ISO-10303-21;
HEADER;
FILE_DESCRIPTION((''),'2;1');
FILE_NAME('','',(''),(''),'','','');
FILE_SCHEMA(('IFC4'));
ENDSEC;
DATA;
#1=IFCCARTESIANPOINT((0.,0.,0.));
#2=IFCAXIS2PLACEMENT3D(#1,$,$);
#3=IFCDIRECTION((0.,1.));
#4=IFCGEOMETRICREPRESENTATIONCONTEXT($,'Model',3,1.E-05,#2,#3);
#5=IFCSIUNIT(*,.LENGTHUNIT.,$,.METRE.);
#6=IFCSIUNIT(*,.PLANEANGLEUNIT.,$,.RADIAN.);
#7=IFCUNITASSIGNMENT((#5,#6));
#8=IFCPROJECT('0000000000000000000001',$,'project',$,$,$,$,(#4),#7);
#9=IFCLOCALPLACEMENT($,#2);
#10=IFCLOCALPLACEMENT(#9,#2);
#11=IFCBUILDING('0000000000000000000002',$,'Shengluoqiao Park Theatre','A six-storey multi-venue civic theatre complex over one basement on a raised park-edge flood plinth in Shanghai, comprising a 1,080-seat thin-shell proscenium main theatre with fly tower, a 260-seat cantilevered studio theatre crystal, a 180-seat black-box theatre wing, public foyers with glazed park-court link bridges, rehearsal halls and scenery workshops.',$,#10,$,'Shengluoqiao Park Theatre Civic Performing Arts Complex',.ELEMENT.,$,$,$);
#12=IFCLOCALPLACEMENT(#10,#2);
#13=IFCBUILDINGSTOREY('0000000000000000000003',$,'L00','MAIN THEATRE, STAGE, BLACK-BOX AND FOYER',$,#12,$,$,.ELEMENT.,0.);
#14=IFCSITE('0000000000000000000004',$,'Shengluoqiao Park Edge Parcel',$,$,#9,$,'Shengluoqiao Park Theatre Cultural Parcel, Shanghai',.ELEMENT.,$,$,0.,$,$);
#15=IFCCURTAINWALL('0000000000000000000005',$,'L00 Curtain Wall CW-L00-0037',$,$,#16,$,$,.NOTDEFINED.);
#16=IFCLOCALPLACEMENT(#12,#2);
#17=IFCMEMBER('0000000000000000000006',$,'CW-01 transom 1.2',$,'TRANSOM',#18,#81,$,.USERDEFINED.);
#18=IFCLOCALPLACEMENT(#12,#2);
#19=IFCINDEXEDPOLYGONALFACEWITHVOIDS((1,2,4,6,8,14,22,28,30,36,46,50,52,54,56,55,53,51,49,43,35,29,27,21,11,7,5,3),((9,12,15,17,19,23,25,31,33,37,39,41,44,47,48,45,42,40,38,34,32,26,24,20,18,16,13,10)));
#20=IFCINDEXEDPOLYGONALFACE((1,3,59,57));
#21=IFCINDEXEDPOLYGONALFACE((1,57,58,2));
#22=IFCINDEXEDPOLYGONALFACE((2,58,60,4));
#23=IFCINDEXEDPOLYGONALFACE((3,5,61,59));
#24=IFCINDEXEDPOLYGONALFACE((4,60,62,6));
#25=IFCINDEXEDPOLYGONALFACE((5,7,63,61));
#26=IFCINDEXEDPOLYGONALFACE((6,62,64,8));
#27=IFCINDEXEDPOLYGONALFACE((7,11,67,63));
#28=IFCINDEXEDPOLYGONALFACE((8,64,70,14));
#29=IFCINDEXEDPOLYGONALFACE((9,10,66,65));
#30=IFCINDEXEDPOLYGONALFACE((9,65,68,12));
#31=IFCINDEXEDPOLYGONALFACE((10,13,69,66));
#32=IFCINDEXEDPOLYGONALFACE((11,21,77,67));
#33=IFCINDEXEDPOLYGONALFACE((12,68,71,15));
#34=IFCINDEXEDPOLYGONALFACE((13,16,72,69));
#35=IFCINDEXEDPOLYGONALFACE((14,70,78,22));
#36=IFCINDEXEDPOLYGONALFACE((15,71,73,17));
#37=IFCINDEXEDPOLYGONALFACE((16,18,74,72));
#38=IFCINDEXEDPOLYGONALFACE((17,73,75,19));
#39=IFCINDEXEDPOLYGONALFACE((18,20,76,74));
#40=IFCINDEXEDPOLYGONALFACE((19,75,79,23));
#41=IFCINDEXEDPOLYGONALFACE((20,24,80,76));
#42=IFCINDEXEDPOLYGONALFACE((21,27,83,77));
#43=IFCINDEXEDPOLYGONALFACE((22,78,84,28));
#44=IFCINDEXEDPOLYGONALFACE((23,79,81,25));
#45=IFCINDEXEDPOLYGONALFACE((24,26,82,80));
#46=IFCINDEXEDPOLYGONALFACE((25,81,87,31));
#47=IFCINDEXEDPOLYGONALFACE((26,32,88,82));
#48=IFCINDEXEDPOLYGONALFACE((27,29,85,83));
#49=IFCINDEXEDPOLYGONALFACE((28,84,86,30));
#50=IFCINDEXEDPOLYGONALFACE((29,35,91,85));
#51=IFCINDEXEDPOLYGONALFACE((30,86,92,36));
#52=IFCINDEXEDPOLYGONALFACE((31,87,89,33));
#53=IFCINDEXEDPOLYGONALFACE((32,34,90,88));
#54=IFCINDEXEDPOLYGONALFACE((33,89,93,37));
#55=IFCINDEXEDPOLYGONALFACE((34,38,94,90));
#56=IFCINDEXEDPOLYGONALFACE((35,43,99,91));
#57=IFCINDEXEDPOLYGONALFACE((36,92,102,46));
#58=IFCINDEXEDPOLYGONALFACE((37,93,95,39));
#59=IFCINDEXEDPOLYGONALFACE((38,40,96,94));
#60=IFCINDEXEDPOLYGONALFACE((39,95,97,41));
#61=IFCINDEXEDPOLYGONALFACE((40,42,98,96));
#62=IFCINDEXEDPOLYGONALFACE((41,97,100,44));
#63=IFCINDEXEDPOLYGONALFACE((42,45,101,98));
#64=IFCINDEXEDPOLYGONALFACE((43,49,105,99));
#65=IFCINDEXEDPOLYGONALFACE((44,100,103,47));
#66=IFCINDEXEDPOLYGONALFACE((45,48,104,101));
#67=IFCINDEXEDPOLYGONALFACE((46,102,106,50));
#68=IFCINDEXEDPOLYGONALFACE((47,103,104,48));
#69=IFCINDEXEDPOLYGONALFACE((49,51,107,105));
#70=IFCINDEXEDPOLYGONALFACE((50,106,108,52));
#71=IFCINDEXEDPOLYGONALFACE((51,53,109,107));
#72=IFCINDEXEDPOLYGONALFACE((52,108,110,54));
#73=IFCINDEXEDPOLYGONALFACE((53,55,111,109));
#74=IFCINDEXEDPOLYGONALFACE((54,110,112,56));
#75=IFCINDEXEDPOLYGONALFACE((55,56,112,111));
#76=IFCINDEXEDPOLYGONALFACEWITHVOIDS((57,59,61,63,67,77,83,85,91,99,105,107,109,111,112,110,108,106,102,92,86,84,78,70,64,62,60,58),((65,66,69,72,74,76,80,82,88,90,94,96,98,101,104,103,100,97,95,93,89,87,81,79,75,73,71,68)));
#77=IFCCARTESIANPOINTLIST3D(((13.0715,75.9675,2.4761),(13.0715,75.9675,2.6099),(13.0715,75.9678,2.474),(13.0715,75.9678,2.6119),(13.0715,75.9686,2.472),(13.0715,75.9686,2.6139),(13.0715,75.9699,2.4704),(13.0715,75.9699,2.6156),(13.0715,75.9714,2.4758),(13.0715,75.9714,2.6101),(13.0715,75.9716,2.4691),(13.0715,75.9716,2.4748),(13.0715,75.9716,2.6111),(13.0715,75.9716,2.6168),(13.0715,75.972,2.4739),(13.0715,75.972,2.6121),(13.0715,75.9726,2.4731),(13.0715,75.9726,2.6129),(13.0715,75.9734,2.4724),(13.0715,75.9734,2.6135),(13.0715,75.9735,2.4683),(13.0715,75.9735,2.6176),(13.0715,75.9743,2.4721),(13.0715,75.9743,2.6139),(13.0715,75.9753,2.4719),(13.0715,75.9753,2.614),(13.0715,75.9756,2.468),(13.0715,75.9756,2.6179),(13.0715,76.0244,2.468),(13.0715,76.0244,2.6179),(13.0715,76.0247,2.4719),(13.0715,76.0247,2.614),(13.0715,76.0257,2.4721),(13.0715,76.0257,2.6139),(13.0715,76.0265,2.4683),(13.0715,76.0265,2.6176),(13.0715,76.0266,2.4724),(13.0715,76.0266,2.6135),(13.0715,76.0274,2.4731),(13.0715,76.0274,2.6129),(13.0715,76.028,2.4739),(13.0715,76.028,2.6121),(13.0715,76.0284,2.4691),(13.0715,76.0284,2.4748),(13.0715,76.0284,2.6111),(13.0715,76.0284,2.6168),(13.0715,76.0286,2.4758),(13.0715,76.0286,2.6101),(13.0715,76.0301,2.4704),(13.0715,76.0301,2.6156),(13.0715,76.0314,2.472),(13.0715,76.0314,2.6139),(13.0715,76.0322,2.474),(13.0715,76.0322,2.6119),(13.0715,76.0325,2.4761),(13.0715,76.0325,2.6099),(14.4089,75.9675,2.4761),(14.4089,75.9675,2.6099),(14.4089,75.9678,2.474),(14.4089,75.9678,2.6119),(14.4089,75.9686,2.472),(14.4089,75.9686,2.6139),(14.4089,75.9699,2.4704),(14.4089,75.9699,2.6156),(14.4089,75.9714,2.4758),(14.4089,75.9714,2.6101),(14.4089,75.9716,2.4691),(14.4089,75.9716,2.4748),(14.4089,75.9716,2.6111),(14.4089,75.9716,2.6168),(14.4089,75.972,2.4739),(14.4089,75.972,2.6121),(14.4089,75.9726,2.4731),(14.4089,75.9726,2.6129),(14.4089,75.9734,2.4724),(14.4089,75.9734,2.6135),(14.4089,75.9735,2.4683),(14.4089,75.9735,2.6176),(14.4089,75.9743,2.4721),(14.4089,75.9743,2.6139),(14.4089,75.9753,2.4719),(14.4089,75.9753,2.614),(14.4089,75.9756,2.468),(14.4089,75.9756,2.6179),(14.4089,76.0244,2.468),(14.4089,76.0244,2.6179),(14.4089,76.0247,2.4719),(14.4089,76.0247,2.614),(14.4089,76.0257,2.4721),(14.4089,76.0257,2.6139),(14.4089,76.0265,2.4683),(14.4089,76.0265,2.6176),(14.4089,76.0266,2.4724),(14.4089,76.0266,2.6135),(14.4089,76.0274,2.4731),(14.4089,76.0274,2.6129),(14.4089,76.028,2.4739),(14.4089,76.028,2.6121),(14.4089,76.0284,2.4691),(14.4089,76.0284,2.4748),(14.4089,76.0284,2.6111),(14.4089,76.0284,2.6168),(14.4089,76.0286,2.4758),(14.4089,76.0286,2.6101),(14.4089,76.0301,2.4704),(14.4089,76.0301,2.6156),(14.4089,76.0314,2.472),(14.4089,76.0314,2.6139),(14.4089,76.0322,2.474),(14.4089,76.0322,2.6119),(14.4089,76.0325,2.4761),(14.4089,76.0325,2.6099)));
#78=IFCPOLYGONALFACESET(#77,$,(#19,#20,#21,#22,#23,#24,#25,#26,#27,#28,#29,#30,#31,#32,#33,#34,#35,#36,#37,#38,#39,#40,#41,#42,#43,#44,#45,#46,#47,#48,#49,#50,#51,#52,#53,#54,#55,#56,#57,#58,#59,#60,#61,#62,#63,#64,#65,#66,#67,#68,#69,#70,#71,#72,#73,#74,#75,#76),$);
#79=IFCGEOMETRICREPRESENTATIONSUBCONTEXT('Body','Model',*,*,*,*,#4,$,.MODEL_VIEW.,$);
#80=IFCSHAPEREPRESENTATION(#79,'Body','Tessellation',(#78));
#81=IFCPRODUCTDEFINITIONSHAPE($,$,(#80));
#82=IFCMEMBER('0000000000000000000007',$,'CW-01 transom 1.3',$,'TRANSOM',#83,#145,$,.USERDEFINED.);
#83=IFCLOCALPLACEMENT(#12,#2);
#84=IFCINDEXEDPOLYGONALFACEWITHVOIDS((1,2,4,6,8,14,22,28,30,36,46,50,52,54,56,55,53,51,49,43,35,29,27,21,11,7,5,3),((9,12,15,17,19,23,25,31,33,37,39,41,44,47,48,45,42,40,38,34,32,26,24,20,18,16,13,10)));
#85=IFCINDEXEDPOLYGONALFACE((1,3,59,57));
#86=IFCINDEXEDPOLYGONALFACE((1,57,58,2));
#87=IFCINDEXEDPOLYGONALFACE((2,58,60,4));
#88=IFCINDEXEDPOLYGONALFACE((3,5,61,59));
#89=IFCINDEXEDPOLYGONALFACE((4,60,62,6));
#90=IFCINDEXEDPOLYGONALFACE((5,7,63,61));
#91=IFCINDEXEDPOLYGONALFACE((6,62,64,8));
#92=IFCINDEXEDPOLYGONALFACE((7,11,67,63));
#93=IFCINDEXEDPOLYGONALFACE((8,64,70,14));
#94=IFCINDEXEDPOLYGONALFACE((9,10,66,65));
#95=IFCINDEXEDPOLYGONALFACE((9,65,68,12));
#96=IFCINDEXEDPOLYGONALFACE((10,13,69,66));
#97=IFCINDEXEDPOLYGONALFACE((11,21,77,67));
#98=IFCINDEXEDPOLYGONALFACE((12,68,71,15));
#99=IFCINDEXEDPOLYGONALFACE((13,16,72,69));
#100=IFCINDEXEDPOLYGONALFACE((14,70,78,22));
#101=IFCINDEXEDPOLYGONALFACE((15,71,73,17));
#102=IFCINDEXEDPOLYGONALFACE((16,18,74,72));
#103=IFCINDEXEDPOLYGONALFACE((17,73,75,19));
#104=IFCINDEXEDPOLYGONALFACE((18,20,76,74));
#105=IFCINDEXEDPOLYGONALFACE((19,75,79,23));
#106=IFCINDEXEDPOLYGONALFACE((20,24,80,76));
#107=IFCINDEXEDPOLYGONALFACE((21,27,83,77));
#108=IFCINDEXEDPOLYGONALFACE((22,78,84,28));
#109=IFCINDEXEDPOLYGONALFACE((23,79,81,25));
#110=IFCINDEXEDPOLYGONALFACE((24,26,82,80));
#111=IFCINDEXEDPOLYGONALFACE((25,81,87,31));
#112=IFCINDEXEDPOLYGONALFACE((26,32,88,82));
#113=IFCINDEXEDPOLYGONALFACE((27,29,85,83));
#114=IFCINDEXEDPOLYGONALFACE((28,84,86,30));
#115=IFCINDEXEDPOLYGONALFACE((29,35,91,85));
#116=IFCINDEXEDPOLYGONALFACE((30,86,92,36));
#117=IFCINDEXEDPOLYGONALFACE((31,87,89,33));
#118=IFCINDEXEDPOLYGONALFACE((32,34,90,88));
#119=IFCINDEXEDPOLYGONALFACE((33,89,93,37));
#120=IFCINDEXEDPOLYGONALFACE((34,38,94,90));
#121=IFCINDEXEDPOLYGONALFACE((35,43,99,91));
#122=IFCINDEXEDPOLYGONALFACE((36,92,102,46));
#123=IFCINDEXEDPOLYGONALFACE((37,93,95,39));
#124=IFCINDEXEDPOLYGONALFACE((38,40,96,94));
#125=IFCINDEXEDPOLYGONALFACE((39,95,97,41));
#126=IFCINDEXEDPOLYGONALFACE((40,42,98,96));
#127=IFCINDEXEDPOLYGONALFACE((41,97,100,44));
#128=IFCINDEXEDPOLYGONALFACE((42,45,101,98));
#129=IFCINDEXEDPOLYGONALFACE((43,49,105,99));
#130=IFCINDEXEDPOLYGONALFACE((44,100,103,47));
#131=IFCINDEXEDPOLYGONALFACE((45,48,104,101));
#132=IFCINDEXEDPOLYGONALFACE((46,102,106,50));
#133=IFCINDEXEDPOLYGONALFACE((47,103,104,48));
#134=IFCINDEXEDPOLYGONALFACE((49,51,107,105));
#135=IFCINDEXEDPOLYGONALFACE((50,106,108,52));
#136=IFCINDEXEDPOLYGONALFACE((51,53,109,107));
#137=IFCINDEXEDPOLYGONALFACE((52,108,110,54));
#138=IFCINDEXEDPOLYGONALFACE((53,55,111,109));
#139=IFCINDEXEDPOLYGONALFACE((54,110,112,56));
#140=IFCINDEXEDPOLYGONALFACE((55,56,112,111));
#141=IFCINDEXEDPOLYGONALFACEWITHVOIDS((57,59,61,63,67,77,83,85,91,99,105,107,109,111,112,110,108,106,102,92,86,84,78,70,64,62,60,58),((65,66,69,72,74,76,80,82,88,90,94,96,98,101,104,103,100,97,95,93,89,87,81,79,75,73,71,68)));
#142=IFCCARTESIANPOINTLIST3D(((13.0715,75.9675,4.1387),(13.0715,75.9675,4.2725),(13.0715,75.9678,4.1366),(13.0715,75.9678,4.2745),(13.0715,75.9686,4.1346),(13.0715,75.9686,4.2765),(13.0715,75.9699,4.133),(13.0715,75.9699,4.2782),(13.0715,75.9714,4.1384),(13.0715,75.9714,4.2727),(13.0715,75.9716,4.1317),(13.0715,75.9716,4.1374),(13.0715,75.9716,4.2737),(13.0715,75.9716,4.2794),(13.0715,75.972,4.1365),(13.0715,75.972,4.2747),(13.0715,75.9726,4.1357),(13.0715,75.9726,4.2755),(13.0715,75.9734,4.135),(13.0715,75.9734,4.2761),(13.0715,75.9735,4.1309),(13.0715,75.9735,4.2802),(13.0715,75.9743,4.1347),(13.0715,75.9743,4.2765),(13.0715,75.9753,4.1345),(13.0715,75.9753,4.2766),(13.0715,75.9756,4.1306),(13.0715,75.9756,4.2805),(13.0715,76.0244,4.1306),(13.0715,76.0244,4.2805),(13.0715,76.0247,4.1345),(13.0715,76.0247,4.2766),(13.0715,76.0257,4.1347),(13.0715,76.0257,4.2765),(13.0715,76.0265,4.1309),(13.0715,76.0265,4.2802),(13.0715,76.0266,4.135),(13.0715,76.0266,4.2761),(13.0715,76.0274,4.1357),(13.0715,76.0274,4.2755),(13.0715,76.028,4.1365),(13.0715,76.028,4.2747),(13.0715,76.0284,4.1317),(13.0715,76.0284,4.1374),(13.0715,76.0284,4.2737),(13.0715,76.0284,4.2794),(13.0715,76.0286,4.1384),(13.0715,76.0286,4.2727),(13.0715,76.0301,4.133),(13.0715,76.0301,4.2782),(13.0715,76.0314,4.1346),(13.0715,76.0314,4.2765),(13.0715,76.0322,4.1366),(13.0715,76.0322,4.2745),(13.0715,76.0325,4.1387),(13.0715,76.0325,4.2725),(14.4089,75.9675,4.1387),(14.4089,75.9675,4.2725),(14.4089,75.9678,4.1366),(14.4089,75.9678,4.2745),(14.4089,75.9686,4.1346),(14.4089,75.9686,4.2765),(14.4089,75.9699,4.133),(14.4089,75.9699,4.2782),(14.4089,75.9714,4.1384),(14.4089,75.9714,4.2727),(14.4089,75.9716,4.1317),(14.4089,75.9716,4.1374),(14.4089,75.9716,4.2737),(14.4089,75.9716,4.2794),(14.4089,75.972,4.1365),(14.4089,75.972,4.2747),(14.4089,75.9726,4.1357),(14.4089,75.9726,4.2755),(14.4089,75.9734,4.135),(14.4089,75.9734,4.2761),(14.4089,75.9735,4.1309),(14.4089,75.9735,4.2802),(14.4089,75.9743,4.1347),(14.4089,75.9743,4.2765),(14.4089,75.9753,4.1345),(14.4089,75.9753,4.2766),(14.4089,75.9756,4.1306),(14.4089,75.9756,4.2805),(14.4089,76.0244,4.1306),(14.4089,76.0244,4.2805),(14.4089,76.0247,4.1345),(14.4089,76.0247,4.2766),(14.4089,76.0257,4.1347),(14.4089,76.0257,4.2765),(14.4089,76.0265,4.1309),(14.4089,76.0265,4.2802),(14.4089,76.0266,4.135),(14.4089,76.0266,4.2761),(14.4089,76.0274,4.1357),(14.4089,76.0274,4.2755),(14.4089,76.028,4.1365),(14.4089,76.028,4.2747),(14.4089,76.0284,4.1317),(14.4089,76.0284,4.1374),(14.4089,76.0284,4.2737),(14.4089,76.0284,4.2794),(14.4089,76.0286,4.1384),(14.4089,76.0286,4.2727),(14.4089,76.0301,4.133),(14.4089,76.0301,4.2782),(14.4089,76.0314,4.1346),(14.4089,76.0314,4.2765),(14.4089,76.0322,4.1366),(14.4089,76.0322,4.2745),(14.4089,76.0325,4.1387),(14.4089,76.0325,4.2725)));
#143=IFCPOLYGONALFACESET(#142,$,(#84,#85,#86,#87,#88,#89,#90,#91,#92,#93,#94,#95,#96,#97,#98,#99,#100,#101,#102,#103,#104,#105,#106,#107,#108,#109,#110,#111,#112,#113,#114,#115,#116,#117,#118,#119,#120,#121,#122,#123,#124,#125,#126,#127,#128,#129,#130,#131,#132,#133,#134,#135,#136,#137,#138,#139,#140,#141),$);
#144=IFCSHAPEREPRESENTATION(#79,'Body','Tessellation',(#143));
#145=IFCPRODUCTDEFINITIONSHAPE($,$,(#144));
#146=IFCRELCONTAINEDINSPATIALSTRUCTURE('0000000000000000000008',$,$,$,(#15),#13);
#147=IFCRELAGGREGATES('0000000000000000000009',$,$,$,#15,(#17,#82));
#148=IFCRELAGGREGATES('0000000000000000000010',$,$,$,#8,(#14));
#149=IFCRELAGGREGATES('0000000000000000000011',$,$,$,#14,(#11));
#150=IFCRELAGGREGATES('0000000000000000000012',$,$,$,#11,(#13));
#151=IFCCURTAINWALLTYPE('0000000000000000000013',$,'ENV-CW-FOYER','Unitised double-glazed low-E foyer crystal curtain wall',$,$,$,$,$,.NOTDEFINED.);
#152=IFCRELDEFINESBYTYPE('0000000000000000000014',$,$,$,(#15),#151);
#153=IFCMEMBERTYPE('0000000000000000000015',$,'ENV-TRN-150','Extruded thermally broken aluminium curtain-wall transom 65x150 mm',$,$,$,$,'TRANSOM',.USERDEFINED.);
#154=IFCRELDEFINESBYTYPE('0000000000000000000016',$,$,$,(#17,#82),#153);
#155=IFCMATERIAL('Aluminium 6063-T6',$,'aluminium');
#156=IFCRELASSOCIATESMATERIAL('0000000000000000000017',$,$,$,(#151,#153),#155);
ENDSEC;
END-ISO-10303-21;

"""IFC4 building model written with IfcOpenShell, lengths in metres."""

from ifc_helpers import new_model, si_unit, direction, frame, origin, origin_2d, place, context, subcontext, project, spatial, hollow_rectangle, extrude, material, material_profile, profile_set, type_object, element, aggregate, save


model = new_model("IFC4")

# Units and contexts
model_context = context("Model", 3, precision=1e-05, world=origin(), true_north=direction((0.0, 1.0)))
body_context = subcontext(model_context, "Body", "Model", "MODEL_VIEW")
ifc_project = project(units=[si_unit("LENGTHUNIT", "METRE"), si_unit("PLANEANGLEUNIT", "RADIAN")], contexts=[model_context])

# Site, building, storey
site_placement = place(None, origin())
site = spatial("IfcSite", under=ifc_project, at=site_placement, Name="Shengluoqiao Park Edge Parcel", LongName="Shengluoqiao Park Theatre Cultural Parcel, Shanghai", CompositionType="ELEMENT", RefElevation=0.0)
building_placement = place(site_placement, origin())
building = spatial("IfcBuilding", under=site, at=building_placement, Name="Shengluoqiao Park Theatre", Description="A six-storey multi-venue civic theatre complex over one basement on a raised park-edge flood plinth in Shanghai, comprising a 1,080-seat thin-shell proscenium main theatre with fly tower, a 260-seat cantilevered studio theatre crystal, a 180-seat black-box theatre wing, public foyers with glazed park-court link bridges, rehearsal halls and scenery workshops.", LongName="Shengluoqiao Park Theatre Civic Performing Arts Complex", CompositionType="ELEMENT")
storey_placement = place(building_placement, origin())
storey = spatial("IfcBuildingStorey", under=building, at=storey_placement, Name="L00", Description="MAIN THEATRE, STAGE, BLACK-BOX AND FOYER", CompositionType="ELEMENT", Elevation=0.0)

# Curtain wall
ifc_material_1 = material(Name="Aluminium 6063-T6", Category="aluminium")
curtain_wall_type = type_object("IfcCurtainWallType", Name="ENV-CW-FOYER", Description="Unitised double-glazed low-E foyer crystal curtain wall", PredefinedType="NOTDEFINED", material=ifc_material_1)
curtain_wall_1_placement = place(storey_placement, origin())
curtain_wall_1 = element("IfcCurtainWall", 1, at=curtain_wall_1_placement, inside=storey, type_object=curtain_wall_type, Name="L00 Curtain Wall CW-L00-0037", PredefinedType="NOTDEFINED")

# Members
ifc_material_profile_1 = material_profile(ifc_material_1, hollow_rectangle(XDim=0.0649, YDim=0.1499, WallThickness=0.0039, InnerFilletRadius=0.0039, OuterFilletRadius=0.0081, at=origin_2d()), Name="ALU TRANSOM 150x65x4")
ifc_profile_set_1 = profile_set([ifc_material_profile_1], Name="Aluminium 6063-T6")
member_type_1 = type_object("IfcMemberType", Name="ENV-TRN-150", Description="Extruded thermally broken aluminium curtain-wall transom 65x150 mm", ElementType="TRANSOM", PredefinedType="USERDEFINED", material=ifc_profile_set_1)
member_1_placement = place(storey_placement, frame((13.0715, 76.0, 2.543), z_axis=(1.0, 0.0, 0.0), x_axis=(0.0, 1.0, 0.0)))
member_1 = element("IfcMember", 2, at=member_1_placement, type_object=member_type_1, Name="CW-01 transom 1.2", ObjectType="TRANSOM", PredefinedType="USERDEFINED", context=body_context, shape_type="SweptSolid", body=[
    extrude(hollow_rectangle(XDim=0.0649, YDim=0.1499, WallThickness=0.0039, InnerFilletRadius=0.0039, OuterFilletRadius=0.0081, at=origin_2d()), origin(), (0.0, 0.0, 1.0), 1.3374),
])
member_2_placement = place(storey_placement, frame((13.0715, 76.0, 4.2056), z_axis=(1.0, 0.0, 0.0), x_axis=(0.0, 1.0, 0.0)))
member_2 = element("IfcMember", 3, at=member_2_placement, type_object=member_type_1, Name="CW-01 transom 1.3", ObjectType="TRANSOM", PredefinedType="USERDEFINED", context=body_context, shape_type="SweptSolid", body=[
    extrude(hollow_rectangle(XDim=0.0649, YDim=0.1499, WallThickness=0.0039, InnerFilletRadius=0.0039, OuterFilletRadius=0.0081, at=origin_2d()), origin(), (0.0, 0.0, 1.0), 1.3374),
])

aggregate(curtain_wall_1, [member_1, member_2])

save(model, "model.ifc")
